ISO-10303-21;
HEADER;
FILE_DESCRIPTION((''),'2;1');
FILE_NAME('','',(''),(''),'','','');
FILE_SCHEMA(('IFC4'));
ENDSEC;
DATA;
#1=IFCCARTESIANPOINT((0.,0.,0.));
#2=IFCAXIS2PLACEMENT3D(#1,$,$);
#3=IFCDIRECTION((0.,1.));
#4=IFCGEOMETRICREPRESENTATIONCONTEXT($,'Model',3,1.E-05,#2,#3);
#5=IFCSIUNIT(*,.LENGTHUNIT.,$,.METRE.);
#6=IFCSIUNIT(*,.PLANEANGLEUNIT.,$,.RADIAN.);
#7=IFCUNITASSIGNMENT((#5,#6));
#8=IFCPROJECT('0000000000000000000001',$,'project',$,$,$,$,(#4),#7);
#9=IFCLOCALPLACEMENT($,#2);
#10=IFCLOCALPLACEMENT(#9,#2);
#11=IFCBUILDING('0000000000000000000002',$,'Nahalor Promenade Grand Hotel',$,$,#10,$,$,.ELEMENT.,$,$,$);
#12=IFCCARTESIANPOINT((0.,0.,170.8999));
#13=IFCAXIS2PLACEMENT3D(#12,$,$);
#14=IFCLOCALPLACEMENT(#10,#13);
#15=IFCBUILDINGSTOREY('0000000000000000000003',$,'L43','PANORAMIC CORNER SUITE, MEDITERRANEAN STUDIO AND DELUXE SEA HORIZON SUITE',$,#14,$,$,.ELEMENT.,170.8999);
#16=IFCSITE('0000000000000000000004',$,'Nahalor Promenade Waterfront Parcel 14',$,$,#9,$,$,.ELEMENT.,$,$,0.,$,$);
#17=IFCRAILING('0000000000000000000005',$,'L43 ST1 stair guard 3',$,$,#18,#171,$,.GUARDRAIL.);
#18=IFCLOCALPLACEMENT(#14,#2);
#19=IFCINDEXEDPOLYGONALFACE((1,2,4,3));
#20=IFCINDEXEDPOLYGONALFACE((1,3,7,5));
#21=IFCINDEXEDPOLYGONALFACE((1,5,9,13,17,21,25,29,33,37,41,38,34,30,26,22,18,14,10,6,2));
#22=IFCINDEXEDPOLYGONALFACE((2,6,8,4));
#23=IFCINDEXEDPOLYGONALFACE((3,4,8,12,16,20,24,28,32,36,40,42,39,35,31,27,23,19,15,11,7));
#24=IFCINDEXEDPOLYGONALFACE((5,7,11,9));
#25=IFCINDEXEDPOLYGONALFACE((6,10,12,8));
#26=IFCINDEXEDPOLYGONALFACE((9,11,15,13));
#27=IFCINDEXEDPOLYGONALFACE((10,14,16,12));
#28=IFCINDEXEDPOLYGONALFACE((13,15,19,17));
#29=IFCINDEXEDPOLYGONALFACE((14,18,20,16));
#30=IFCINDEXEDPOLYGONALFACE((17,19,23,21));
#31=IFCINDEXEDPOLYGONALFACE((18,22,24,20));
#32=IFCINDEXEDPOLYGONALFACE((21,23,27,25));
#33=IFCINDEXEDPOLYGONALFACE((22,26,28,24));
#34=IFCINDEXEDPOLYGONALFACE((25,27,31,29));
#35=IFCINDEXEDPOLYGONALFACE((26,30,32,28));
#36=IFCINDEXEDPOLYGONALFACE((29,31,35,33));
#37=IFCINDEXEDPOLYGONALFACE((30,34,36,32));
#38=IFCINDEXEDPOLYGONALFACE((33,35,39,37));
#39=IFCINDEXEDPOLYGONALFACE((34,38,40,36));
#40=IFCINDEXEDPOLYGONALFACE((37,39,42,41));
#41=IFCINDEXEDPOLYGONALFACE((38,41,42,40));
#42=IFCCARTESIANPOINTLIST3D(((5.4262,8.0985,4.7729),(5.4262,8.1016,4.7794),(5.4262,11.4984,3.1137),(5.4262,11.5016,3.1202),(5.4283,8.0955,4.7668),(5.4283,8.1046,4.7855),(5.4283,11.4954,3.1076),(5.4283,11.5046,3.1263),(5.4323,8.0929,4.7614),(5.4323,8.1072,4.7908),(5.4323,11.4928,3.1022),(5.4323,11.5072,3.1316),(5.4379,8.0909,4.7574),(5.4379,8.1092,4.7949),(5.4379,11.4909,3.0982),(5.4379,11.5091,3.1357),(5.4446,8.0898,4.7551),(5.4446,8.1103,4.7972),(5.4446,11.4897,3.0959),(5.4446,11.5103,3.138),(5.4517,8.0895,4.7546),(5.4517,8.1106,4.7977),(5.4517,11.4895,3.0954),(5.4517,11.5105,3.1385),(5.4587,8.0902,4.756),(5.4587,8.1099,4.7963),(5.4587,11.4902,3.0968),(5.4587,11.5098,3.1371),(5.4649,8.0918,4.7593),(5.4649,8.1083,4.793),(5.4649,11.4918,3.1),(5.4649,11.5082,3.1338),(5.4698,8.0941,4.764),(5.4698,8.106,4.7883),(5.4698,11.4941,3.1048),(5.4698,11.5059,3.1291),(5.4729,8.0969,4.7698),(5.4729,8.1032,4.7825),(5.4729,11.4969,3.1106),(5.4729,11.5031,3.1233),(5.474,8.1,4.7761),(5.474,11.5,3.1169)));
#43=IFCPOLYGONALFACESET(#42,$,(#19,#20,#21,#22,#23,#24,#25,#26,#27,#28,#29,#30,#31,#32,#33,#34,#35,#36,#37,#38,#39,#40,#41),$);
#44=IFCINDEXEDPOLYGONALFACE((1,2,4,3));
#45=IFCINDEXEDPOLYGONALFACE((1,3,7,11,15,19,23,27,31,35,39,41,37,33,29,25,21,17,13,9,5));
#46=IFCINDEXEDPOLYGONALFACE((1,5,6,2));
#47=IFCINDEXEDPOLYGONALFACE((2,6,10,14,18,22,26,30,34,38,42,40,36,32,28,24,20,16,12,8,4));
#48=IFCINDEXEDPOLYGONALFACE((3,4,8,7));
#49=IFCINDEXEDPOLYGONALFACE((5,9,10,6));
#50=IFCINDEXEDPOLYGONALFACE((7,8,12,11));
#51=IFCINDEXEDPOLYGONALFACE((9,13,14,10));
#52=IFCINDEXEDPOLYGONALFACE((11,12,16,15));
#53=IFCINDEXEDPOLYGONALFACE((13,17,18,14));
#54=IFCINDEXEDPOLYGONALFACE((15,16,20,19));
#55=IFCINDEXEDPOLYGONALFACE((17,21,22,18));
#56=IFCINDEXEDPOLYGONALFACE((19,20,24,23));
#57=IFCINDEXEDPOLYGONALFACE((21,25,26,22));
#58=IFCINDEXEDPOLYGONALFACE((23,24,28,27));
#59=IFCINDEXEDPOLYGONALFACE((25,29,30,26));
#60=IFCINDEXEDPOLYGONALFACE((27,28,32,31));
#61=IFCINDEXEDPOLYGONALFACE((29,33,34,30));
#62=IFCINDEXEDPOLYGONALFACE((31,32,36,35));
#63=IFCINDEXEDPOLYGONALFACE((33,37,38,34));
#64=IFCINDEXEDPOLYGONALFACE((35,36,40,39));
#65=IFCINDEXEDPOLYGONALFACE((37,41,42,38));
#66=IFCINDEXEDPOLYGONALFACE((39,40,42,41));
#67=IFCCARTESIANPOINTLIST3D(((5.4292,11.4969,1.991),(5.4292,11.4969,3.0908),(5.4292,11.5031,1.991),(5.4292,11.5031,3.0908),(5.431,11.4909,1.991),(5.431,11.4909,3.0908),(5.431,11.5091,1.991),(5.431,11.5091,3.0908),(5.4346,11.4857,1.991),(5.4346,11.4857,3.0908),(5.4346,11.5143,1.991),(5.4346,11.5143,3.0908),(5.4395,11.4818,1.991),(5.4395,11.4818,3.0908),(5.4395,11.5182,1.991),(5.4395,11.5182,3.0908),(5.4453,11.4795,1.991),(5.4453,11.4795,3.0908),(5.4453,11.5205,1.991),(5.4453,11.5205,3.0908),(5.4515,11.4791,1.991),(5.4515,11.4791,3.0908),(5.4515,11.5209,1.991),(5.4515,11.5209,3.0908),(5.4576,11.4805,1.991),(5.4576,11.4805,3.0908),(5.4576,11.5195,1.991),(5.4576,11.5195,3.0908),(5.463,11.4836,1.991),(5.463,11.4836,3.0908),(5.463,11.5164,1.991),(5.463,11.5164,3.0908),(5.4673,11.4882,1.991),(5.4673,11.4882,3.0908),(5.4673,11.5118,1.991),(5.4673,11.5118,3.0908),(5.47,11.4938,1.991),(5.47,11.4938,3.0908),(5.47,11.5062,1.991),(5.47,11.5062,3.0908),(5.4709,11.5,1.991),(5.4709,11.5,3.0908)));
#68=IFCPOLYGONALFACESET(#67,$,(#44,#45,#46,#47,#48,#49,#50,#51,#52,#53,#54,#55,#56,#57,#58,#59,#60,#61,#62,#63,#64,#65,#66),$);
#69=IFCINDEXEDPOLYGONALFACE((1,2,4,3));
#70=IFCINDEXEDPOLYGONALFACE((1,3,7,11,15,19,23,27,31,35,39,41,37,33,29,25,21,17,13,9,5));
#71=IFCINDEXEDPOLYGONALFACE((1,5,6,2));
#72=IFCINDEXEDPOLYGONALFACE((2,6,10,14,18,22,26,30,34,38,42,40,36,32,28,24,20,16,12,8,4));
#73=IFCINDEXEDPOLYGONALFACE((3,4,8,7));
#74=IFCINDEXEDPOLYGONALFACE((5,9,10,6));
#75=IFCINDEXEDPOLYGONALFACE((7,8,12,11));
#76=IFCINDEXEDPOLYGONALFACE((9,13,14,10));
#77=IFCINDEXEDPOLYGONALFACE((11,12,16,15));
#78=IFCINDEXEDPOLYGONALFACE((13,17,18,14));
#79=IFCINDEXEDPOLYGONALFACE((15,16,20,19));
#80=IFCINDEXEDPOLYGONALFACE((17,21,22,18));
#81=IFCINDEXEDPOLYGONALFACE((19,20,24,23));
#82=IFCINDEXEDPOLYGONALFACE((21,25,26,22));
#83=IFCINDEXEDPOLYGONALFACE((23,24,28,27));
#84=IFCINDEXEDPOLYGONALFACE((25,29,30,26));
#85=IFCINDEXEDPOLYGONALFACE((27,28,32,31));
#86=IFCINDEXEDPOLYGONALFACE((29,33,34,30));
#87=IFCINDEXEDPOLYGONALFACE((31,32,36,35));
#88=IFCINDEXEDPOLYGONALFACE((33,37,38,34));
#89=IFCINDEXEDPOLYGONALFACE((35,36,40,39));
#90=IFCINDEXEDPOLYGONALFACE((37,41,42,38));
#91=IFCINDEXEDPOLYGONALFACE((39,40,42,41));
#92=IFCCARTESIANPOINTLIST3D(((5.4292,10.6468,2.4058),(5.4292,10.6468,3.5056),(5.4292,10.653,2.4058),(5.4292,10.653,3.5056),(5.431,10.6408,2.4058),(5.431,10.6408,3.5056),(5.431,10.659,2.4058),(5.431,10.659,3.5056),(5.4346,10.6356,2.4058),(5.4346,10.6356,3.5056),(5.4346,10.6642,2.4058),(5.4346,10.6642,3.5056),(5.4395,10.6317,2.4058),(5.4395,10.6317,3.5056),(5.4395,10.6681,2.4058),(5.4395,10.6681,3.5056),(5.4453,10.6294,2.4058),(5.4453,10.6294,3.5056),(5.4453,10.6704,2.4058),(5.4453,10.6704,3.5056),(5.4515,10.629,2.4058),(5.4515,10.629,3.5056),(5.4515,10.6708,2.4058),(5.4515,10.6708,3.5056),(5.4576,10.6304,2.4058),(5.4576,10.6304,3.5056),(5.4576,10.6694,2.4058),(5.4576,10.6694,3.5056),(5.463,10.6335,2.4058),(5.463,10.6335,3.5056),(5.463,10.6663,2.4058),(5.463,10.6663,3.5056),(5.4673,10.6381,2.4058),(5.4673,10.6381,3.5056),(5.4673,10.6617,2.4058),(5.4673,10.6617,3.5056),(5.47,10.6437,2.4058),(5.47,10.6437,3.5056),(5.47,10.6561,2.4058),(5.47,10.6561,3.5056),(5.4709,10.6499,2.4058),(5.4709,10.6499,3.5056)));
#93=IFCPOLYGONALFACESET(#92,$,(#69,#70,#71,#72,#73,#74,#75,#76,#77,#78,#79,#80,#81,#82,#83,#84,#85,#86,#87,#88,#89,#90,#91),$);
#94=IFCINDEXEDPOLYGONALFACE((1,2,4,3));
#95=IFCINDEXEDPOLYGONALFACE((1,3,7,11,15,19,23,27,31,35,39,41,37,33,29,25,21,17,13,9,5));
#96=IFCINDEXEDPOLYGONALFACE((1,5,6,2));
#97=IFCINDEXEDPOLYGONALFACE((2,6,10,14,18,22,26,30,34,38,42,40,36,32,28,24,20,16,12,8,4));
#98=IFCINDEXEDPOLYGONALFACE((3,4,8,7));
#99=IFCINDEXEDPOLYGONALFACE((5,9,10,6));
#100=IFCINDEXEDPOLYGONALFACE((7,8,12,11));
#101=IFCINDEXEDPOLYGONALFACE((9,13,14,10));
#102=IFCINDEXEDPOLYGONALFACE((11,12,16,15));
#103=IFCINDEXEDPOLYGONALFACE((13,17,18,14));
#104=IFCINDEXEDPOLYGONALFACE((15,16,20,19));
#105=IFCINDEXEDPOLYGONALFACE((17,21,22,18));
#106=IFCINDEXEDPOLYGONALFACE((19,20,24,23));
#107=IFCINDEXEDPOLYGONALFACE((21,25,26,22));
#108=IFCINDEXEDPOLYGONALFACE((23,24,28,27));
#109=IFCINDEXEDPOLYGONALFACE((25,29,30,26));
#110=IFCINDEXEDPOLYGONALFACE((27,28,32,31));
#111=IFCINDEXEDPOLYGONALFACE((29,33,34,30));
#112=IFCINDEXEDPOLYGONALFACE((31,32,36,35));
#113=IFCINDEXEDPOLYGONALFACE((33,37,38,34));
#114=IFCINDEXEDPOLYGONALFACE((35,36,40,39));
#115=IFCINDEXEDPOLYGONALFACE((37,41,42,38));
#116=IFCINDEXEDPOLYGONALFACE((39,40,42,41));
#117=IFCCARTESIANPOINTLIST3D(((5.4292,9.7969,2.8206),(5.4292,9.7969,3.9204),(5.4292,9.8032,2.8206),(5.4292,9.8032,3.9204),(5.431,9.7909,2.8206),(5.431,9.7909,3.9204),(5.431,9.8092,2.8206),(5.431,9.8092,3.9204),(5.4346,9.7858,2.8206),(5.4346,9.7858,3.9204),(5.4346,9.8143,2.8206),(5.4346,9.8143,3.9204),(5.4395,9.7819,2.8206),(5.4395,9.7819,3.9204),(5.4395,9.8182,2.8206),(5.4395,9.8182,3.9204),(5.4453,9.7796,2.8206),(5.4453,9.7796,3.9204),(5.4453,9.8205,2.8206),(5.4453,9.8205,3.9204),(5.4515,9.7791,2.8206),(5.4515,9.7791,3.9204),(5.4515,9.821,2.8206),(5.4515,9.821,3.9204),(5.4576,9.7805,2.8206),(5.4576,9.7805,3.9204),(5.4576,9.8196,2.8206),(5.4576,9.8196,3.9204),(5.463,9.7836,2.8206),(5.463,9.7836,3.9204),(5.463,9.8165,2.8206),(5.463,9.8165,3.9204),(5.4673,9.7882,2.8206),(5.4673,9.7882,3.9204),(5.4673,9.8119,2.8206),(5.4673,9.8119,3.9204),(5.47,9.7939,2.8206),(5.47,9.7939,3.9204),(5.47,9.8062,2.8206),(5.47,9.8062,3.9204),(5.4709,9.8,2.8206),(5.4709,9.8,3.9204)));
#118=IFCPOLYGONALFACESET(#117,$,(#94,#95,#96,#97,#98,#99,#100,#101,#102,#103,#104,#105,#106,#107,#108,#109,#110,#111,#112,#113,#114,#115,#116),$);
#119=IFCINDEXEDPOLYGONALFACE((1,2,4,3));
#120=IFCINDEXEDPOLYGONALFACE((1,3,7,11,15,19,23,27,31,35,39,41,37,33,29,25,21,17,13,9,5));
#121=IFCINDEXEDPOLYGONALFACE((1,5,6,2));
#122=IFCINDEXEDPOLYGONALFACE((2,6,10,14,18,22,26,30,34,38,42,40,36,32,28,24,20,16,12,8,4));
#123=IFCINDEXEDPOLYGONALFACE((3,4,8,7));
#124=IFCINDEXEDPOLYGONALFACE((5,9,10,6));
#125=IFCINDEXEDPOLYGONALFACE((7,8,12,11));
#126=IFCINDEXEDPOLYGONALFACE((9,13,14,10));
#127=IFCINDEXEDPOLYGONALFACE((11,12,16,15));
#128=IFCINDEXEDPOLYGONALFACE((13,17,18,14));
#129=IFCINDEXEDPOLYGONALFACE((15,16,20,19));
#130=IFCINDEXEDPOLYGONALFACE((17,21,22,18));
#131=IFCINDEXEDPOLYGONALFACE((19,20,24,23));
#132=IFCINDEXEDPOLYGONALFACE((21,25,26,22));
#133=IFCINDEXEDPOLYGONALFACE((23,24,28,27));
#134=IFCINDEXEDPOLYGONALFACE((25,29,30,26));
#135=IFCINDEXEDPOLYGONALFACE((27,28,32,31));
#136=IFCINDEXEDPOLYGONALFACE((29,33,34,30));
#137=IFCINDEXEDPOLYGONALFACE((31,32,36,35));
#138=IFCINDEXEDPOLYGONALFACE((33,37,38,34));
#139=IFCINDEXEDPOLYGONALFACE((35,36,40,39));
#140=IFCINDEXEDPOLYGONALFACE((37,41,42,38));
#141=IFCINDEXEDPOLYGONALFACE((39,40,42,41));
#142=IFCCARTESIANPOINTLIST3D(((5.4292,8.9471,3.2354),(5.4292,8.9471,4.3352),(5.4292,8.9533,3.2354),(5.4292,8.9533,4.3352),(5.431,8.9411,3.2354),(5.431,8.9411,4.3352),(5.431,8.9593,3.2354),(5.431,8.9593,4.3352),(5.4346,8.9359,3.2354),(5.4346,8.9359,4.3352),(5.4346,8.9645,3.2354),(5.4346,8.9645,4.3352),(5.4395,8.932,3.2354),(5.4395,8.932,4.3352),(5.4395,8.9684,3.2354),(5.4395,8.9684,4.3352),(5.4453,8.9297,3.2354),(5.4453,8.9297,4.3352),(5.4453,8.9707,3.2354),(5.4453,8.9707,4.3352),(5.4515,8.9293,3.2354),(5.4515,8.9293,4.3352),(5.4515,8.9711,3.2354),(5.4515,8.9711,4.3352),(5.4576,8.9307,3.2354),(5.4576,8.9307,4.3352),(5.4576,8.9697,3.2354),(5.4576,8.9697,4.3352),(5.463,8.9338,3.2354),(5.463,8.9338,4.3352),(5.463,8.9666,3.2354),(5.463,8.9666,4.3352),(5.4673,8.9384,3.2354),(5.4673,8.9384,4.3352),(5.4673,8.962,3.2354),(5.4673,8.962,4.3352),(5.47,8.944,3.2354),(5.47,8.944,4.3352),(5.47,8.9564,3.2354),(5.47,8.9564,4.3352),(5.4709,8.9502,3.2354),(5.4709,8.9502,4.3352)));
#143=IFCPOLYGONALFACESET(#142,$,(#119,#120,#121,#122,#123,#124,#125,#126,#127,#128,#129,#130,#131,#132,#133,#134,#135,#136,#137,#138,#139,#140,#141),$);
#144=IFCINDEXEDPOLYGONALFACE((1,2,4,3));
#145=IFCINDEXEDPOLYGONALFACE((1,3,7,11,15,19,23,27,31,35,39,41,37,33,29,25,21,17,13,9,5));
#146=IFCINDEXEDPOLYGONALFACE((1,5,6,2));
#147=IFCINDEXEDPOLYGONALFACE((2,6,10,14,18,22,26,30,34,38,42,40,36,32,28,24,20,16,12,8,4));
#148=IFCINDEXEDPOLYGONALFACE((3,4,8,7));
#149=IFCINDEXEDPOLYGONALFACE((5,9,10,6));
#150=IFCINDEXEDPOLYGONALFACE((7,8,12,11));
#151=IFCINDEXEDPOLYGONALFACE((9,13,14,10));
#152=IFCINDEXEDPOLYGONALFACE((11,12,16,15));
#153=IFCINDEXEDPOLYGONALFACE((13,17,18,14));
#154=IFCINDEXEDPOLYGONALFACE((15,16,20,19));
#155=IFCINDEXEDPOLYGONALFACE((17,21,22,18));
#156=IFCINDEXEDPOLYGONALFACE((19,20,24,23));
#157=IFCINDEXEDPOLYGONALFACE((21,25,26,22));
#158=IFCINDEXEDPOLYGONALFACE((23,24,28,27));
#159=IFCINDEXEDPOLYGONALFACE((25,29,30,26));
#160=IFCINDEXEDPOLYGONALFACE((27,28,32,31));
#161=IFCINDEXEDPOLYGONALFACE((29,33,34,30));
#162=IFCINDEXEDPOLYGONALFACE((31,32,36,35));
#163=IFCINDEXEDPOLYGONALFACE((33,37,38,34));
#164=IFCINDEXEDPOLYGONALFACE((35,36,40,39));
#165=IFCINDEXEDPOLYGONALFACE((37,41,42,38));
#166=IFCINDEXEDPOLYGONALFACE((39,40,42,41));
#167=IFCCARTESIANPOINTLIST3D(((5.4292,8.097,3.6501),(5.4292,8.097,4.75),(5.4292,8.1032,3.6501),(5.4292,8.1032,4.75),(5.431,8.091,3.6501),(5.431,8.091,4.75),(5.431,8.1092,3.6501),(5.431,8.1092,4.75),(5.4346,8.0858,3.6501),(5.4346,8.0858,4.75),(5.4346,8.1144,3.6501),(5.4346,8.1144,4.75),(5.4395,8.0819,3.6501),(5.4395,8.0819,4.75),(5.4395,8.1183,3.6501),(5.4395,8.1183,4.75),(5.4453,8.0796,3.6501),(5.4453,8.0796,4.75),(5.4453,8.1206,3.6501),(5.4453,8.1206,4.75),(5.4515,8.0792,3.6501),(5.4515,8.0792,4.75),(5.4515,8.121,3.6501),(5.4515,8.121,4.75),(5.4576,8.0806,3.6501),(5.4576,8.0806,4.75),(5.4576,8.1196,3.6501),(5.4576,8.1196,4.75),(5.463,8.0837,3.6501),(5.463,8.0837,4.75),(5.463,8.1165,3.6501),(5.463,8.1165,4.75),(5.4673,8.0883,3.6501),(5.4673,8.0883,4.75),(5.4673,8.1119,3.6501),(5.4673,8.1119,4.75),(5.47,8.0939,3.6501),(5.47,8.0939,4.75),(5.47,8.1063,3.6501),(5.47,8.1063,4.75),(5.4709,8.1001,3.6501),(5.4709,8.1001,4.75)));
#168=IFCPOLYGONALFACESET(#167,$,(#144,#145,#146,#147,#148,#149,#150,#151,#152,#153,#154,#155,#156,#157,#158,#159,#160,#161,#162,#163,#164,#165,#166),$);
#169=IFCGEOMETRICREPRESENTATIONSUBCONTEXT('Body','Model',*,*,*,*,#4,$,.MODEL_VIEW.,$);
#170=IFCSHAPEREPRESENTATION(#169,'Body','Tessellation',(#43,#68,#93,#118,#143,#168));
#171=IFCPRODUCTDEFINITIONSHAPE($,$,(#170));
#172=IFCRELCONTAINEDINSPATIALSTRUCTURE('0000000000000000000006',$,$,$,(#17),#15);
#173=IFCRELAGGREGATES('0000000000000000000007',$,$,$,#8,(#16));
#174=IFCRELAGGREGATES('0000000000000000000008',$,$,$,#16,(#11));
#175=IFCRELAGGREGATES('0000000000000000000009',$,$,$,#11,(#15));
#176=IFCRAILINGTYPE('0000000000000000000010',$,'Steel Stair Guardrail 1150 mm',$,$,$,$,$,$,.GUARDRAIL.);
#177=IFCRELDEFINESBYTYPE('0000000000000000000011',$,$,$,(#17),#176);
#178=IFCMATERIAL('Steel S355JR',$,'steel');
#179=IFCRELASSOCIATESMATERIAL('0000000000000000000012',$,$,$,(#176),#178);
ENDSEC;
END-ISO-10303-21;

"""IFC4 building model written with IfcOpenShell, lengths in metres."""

from ifc_helpers import new_model, si_unit, direction, frame, origin, origin_2d, place, context, subcontext, project, spatial, circle, extrude, material, type_object, element, save


model = new_model("IFC4")

# Units and contexts
model_context = context("Model", 3, precision=1e-05, world=origin(), true_north=direction((0.0, 1.0)))
body_context = subcontext(model_context, "Body", "Model", "MODEL_VIEW")
ifc_project = project(units=[si_unit("LENGTHUNIT", "METRE"), si_unit("PLANEANGLEUNIT", "RADIAN")], contexts=[model_context])

# Site, building, storey
site_placement = place(None, origin())
site = spatial("IfcSite", under=ifc_project, at=site_placement, Name="Nahalor Promenade Waterfront Parcel 14", CompositionType="ELEMENT", RefElevation=0.0)
building_placement = place(site_placement, origin())
building = spatial("IfcBuilding", under=site, at=building_placement, Name="Nahalor Promenade Grand Hotel", CompositionType="ELEMENT")
storey_placement = place(building_placement, frame((0.0, 0.0, 170.8999)))
storey = spatial("IfcBuildingStorey", under=building, at=storey_placement, Name="L43", Description="PANORAMIC CORNER SUITE, MEDITERRANEAN STUDIO AND DELUXE SEA HORIZON SUITE", CompositionType="ELEMENT", Elevation=170.8999)

# Shared definitions
ifc_material_1 = material(Name="Steel S355JR", Category="steel")

# Railing
railing_type_1 = type_object("IfcRailingType", Name="Steel Stair Guardrail 1150 mm", PredefinedType="GUARDRAIL", material=ifc_material_1)
railing_1_placement = place(storey_placement, frame((5.45, 11.5, 1.991)))
element("IfcRailing", 1, at=railing_1_placement, inside=storey, type_object=railing_type_1, Name="L43 ST1 stair guard 3", PredefinedType="GUARDRAIL", context=body_context, shape_type="SweptSolid", body=[
    extrude(circle(Radius=0.024, at=origin_2d()), frame((0.0, 0.0, 1.126), z_axis=(0.0, -0.898696, 0.438571), x_axis=(1.0, 0.0, 0.0)), (0.0, 0.0, 1.0), 3.7832),
    extrude(circle(Radius=0.021, at=origin_2d()), origin(), (0.0, 0.0, 1.0), 1.0999),
    extrude(circle(Radius=0.021, at=origin_2d()), frame((0.0, -0.8501, 0.4148)), (0.0, 0.0, 1.0), 1.0999),
    extrude(circle(Radius=0.021, at=origin_2d()), frame((0.0, -1.7, 0.8296)), (0.0, 0.0, 1.0), 1.0999),
    extrude(circle(Radius=0.021, at=origin_2d()), frame((0.0, -2.5498, 1.2444)), (0.0, 0.0, 1.0), 1.0999),
    extrude(circle(Radius=0.021, at=origin_2d()), frame((0.0, -3.3999, 1.6592)), (0.0, 0.0, 1.0), 1.0999),
])

save(model, "model.ifc")
